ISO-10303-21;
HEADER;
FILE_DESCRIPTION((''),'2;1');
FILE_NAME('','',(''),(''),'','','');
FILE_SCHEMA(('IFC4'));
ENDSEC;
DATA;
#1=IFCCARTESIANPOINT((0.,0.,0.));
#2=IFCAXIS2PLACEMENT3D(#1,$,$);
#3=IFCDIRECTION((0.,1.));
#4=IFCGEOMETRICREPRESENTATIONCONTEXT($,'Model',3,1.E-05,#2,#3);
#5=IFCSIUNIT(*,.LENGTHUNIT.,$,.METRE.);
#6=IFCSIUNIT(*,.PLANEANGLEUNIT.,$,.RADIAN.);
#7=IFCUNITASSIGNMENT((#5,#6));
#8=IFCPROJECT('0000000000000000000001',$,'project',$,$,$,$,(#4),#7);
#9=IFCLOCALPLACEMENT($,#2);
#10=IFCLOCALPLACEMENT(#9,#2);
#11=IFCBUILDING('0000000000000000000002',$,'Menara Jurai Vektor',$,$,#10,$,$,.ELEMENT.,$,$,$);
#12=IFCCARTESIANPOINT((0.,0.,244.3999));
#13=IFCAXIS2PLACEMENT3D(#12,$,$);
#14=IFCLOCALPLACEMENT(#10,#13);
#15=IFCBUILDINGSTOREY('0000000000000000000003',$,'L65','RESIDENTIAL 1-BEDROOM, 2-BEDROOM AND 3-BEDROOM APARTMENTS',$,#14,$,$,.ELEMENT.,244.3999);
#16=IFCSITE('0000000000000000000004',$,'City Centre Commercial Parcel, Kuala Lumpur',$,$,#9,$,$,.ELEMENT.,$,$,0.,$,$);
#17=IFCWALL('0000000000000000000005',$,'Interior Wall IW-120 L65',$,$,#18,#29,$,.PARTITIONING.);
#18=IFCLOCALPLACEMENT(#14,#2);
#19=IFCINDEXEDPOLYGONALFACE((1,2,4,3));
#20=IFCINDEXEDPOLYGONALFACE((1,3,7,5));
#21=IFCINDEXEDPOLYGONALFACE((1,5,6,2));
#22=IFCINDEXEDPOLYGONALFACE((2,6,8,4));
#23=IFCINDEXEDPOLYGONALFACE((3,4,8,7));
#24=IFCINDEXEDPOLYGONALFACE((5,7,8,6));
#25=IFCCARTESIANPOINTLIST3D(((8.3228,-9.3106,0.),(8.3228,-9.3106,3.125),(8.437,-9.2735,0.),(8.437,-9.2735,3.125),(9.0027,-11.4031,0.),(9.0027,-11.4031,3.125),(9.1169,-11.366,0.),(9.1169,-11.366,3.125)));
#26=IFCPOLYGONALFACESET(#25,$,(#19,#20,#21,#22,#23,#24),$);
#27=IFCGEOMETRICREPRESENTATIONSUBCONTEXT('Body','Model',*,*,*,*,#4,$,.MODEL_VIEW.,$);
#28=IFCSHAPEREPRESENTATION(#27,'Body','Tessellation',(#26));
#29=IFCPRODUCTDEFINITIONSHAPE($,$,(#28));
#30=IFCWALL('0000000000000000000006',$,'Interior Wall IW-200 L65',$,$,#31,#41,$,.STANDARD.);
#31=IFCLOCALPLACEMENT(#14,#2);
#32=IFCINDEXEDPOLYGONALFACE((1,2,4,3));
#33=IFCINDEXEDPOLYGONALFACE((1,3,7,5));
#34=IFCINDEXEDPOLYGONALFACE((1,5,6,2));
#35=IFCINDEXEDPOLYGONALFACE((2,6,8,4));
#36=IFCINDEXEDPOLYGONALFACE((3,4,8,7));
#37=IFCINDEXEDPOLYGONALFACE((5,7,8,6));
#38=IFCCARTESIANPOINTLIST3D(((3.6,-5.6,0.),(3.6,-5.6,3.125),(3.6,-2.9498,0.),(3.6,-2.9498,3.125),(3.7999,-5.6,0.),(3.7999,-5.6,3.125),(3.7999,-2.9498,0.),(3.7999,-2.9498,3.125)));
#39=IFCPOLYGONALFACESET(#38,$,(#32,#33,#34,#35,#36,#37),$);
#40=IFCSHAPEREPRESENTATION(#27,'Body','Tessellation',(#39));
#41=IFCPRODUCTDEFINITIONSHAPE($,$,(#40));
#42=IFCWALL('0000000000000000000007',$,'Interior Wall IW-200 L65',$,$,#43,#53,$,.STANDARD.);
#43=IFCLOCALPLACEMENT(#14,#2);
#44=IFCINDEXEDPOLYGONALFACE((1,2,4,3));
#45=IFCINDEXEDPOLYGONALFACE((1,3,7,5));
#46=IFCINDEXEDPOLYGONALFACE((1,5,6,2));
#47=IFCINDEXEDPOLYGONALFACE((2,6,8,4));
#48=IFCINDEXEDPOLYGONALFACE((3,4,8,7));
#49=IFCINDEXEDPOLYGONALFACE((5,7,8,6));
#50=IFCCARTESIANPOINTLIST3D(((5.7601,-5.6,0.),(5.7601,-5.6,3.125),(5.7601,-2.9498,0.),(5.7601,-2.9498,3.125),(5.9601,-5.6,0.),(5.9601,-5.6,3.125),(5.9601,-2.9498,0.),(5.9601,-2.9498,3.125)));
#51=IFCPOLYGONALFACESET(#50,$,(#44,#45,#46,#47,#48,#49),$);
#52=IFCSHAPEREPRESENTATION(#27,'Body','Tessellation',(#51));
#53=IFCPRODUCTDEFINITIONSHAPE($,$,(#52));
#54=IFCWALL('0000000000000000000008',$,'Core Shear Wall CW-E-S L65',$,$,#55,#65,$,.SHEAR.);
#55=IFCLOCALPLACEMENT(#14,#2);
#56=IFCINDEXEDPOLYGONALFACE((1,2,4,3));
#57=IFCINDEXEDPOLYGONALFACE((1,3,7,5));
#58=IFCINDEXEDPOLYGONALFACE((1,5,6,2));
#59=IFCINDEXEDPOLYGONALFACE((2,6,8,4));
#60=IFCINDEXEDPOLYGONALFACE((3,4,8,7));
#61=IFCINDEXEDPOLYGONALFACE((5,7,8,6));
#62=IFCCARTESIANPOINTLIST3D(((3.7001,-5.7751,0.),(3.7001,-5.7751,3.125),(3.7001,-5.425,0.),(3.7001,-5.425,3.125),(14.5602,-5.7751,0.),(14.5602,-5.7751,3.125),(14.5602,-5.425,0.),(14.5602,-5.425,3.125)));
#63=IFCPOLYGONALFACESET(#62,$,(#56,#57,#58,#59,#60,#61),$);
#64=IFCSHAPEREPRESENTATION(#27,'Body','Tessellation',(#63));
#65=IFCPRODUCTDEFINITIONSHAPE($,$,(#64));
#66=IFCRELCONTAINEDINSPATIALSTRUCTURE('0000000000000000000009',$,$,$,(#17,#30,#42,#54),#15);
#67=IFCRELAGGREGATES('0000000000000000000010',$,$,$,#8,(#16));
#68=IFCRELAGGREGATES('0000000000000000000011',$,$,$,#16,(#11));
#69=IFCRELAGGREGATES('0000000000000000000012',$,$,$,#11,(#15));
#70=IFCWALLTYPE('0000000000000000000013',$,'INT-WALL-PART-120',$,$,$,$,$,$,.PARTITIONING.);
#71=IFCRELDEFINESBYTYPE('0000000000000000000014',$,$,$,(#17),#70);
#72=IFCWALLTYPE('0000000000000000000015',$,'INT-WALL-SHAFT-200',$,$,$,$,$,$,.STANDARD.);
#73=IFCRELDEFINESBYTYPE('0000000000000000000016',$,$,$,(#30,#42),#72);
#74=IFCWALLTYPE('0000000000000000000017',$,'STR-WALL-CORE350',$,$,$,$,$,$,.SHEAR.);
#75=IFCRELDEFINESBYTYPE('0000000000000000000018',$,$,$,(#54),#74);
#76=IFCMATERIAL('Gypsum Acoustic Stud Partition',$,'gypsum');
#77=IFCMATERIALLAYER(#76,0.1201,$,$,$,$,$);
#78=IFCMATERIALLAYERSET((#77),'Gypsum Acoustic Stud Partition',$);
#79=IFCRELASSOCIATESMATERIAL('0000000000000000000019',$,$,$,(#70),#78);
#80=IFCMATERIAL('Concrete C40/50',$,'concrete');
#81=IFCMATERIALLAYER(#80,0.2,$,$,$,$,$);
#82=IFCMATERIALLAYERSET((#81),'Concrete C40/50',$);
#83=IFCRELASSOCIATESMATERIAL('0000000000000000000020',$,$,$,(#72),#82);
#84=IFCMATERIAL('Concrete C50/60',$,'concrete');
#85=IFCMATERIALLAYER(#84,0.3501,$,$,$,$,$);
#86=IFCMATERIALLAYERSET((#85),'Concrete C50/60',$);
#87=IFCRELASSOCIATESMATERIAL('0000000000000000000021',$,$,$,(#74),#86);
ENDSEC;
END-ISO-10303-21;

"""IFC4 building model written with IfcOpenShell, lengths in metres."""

from ifc_helpers import new_model, si_unit, direction, frame, frame_2d, origin, place, context, subcontext, project, spatial, rectangle, extrude, material, layer, layer_set, type_object, element, save


model = new_model("IFC4")

# Units and contexts
model_context = context("Model", 3, precision=1e-05, world=origin(), true_north=direction((0.0, 1.0)))
body_context = subcontext(model_context, "Body", "Model", "MODEL_VIEW")
ifc_project = project(units=[si_unit("LENGTHUNIT", "METRE"), si_unit("PLANEANGLEUNIT", "RADIAN")], contexts=[model_context])

# Site, building, storey
site_placement = place(None, origin())
site = spatial("IfcSite", under=ifc_project, at=site_placement, Name="City Centre Commercial Parcel, Kuala Lumpur", CompositionType="ELEMENT", RefElevation=0.0)
building_placement = place(site_placement, origin())
building = spatial("IfcBuilding", under=site, at=building_placement, Name="Menara Jurai Vektor", CompositionType="ELEMENT")
storey_placement = place(building_placement, frame((0.0, 0.0, 244.3999)))
storey = spatial("IfcBuildingStorey", under=building, at=storey_placement, Name="L65", Description="RESIDENTIAL 1-BEDROOM, 2-BEDROOM AND 3-BEDROOM APARTMENTS", CompositionType="ELEMENT", Elevation=244.3999)

# Shared definitions
ifc_material_1 = material(Name="Concrete C50/60", Category="concrete")

# Walls
ifc_material_2 = material(Name="Gypsum Acoustic Stud Partition", Category="gypsum")
ifc_layer_1 = layer(ifc_material_2, 0.1201)
ifc_layer_set_1 = layer_set([ifc_layer_1], Name="Gypsum Acoustic Stud Partition")
wall_type_1 = type_object("IfcWallType", Name="INT-WALL-PART-120", PredefinedType="PARTITIONING", material=ifc_layer_set_1)
wall_1_placement = place(storey_placement, frame((9.0598, -11.3845, 0.0), z_axis=(0.0, 0.0, 1.0), x_axis=(-0.309028, 0.951053, 0.0)))
element("IfcWall", 1, at=wall_1_placement, inside=storey, type_object=wall_type_1, Name="Interior Wall IW-120 L65", PredefinedType="PARTITIONING", context=body_context, shape_type="SweptSolid", body=[
    extrude(rectangle(XDim=2.2002, YDim=0.1201, at=frame_2d((1.1001, 0.0))), origin(), (0.0, 0.0, 1.0), 3.125),
])
ifc_material_3 = material(Name="Concrete C40/50", Category="concrete")
ifc_layer_2 = layer(ifc_material_3, 0.2)
ifc_layer_set_2 = layer_set([ifc_layer_2], Name="Concrete C40/50")
wall_type_2 = type_object("IfcWallType", Name="INT-WALL-SHAFT-200", PredefinedType="STANDARD", material=ifc_layer_set_2)
for number, where, z_axis, x_axis, name in (
    (2, (3.7, -5.6001, 0.0), (0.0, 0.0, 1.0), (0.0, 1.0, 0.0), "Interior Wall IW-200 L65"),
    (3, (5.8601, -5.6001, 0.0), (0.0, 0.0, 1.0), (0.0, 1.0, 0.0), "Interior Wall IW-200 L65"),
):
    element("IfcWall", number, at=place(storey_placement, frame(where, z_axis=z_axis, x_axis=x_axis)), inside=storey, type_object=wall_type_2, Name=name, PredefinedType="STANDARD", context=body_context, shape_type="SweptSolid", body=[
        extrude(rectangle(XDim=2.6501, YDim=0.2, at=frame_2d((1.3252, 0.0))), origin(), (0.0, 0.0, 1.0), 3.125),
    ])
ifc_layer_3 = layer(ifc_material_1, 0.3501)
ifc_layer_set_3 = layer_set([ifc_layer_3], Name="Concrete C50/60")
wall_type_3 = type_object("IfcWallType", Name="STR-WALL-CORE350", PredefinedType="SHEAR", material=ifc_layer_set_3)
wall_2_placement = place(storey_placement, frame((3.7, -5.6001, 0.0), z_axis=(0.0, 0.0, 1.0), x_axis=(1.0, 0.0, 0.0)))
element("IfcWall", 4, at=wall_2_placement, inside=storey, type_object=wall_type_3, Name="Core Shear Wall CW-E-S L65", PredefinedType="SHEAR", context=body_context, shape_type="SweptSolid", body=[
    extrude(rectangle(XDim=10.8601, YDim=0.3501, at=frame_2d((5.4302, 0.0))), origin(), (0.0, 0.0, 1.0), 3.125),
])

save(model, "model.ifc")
